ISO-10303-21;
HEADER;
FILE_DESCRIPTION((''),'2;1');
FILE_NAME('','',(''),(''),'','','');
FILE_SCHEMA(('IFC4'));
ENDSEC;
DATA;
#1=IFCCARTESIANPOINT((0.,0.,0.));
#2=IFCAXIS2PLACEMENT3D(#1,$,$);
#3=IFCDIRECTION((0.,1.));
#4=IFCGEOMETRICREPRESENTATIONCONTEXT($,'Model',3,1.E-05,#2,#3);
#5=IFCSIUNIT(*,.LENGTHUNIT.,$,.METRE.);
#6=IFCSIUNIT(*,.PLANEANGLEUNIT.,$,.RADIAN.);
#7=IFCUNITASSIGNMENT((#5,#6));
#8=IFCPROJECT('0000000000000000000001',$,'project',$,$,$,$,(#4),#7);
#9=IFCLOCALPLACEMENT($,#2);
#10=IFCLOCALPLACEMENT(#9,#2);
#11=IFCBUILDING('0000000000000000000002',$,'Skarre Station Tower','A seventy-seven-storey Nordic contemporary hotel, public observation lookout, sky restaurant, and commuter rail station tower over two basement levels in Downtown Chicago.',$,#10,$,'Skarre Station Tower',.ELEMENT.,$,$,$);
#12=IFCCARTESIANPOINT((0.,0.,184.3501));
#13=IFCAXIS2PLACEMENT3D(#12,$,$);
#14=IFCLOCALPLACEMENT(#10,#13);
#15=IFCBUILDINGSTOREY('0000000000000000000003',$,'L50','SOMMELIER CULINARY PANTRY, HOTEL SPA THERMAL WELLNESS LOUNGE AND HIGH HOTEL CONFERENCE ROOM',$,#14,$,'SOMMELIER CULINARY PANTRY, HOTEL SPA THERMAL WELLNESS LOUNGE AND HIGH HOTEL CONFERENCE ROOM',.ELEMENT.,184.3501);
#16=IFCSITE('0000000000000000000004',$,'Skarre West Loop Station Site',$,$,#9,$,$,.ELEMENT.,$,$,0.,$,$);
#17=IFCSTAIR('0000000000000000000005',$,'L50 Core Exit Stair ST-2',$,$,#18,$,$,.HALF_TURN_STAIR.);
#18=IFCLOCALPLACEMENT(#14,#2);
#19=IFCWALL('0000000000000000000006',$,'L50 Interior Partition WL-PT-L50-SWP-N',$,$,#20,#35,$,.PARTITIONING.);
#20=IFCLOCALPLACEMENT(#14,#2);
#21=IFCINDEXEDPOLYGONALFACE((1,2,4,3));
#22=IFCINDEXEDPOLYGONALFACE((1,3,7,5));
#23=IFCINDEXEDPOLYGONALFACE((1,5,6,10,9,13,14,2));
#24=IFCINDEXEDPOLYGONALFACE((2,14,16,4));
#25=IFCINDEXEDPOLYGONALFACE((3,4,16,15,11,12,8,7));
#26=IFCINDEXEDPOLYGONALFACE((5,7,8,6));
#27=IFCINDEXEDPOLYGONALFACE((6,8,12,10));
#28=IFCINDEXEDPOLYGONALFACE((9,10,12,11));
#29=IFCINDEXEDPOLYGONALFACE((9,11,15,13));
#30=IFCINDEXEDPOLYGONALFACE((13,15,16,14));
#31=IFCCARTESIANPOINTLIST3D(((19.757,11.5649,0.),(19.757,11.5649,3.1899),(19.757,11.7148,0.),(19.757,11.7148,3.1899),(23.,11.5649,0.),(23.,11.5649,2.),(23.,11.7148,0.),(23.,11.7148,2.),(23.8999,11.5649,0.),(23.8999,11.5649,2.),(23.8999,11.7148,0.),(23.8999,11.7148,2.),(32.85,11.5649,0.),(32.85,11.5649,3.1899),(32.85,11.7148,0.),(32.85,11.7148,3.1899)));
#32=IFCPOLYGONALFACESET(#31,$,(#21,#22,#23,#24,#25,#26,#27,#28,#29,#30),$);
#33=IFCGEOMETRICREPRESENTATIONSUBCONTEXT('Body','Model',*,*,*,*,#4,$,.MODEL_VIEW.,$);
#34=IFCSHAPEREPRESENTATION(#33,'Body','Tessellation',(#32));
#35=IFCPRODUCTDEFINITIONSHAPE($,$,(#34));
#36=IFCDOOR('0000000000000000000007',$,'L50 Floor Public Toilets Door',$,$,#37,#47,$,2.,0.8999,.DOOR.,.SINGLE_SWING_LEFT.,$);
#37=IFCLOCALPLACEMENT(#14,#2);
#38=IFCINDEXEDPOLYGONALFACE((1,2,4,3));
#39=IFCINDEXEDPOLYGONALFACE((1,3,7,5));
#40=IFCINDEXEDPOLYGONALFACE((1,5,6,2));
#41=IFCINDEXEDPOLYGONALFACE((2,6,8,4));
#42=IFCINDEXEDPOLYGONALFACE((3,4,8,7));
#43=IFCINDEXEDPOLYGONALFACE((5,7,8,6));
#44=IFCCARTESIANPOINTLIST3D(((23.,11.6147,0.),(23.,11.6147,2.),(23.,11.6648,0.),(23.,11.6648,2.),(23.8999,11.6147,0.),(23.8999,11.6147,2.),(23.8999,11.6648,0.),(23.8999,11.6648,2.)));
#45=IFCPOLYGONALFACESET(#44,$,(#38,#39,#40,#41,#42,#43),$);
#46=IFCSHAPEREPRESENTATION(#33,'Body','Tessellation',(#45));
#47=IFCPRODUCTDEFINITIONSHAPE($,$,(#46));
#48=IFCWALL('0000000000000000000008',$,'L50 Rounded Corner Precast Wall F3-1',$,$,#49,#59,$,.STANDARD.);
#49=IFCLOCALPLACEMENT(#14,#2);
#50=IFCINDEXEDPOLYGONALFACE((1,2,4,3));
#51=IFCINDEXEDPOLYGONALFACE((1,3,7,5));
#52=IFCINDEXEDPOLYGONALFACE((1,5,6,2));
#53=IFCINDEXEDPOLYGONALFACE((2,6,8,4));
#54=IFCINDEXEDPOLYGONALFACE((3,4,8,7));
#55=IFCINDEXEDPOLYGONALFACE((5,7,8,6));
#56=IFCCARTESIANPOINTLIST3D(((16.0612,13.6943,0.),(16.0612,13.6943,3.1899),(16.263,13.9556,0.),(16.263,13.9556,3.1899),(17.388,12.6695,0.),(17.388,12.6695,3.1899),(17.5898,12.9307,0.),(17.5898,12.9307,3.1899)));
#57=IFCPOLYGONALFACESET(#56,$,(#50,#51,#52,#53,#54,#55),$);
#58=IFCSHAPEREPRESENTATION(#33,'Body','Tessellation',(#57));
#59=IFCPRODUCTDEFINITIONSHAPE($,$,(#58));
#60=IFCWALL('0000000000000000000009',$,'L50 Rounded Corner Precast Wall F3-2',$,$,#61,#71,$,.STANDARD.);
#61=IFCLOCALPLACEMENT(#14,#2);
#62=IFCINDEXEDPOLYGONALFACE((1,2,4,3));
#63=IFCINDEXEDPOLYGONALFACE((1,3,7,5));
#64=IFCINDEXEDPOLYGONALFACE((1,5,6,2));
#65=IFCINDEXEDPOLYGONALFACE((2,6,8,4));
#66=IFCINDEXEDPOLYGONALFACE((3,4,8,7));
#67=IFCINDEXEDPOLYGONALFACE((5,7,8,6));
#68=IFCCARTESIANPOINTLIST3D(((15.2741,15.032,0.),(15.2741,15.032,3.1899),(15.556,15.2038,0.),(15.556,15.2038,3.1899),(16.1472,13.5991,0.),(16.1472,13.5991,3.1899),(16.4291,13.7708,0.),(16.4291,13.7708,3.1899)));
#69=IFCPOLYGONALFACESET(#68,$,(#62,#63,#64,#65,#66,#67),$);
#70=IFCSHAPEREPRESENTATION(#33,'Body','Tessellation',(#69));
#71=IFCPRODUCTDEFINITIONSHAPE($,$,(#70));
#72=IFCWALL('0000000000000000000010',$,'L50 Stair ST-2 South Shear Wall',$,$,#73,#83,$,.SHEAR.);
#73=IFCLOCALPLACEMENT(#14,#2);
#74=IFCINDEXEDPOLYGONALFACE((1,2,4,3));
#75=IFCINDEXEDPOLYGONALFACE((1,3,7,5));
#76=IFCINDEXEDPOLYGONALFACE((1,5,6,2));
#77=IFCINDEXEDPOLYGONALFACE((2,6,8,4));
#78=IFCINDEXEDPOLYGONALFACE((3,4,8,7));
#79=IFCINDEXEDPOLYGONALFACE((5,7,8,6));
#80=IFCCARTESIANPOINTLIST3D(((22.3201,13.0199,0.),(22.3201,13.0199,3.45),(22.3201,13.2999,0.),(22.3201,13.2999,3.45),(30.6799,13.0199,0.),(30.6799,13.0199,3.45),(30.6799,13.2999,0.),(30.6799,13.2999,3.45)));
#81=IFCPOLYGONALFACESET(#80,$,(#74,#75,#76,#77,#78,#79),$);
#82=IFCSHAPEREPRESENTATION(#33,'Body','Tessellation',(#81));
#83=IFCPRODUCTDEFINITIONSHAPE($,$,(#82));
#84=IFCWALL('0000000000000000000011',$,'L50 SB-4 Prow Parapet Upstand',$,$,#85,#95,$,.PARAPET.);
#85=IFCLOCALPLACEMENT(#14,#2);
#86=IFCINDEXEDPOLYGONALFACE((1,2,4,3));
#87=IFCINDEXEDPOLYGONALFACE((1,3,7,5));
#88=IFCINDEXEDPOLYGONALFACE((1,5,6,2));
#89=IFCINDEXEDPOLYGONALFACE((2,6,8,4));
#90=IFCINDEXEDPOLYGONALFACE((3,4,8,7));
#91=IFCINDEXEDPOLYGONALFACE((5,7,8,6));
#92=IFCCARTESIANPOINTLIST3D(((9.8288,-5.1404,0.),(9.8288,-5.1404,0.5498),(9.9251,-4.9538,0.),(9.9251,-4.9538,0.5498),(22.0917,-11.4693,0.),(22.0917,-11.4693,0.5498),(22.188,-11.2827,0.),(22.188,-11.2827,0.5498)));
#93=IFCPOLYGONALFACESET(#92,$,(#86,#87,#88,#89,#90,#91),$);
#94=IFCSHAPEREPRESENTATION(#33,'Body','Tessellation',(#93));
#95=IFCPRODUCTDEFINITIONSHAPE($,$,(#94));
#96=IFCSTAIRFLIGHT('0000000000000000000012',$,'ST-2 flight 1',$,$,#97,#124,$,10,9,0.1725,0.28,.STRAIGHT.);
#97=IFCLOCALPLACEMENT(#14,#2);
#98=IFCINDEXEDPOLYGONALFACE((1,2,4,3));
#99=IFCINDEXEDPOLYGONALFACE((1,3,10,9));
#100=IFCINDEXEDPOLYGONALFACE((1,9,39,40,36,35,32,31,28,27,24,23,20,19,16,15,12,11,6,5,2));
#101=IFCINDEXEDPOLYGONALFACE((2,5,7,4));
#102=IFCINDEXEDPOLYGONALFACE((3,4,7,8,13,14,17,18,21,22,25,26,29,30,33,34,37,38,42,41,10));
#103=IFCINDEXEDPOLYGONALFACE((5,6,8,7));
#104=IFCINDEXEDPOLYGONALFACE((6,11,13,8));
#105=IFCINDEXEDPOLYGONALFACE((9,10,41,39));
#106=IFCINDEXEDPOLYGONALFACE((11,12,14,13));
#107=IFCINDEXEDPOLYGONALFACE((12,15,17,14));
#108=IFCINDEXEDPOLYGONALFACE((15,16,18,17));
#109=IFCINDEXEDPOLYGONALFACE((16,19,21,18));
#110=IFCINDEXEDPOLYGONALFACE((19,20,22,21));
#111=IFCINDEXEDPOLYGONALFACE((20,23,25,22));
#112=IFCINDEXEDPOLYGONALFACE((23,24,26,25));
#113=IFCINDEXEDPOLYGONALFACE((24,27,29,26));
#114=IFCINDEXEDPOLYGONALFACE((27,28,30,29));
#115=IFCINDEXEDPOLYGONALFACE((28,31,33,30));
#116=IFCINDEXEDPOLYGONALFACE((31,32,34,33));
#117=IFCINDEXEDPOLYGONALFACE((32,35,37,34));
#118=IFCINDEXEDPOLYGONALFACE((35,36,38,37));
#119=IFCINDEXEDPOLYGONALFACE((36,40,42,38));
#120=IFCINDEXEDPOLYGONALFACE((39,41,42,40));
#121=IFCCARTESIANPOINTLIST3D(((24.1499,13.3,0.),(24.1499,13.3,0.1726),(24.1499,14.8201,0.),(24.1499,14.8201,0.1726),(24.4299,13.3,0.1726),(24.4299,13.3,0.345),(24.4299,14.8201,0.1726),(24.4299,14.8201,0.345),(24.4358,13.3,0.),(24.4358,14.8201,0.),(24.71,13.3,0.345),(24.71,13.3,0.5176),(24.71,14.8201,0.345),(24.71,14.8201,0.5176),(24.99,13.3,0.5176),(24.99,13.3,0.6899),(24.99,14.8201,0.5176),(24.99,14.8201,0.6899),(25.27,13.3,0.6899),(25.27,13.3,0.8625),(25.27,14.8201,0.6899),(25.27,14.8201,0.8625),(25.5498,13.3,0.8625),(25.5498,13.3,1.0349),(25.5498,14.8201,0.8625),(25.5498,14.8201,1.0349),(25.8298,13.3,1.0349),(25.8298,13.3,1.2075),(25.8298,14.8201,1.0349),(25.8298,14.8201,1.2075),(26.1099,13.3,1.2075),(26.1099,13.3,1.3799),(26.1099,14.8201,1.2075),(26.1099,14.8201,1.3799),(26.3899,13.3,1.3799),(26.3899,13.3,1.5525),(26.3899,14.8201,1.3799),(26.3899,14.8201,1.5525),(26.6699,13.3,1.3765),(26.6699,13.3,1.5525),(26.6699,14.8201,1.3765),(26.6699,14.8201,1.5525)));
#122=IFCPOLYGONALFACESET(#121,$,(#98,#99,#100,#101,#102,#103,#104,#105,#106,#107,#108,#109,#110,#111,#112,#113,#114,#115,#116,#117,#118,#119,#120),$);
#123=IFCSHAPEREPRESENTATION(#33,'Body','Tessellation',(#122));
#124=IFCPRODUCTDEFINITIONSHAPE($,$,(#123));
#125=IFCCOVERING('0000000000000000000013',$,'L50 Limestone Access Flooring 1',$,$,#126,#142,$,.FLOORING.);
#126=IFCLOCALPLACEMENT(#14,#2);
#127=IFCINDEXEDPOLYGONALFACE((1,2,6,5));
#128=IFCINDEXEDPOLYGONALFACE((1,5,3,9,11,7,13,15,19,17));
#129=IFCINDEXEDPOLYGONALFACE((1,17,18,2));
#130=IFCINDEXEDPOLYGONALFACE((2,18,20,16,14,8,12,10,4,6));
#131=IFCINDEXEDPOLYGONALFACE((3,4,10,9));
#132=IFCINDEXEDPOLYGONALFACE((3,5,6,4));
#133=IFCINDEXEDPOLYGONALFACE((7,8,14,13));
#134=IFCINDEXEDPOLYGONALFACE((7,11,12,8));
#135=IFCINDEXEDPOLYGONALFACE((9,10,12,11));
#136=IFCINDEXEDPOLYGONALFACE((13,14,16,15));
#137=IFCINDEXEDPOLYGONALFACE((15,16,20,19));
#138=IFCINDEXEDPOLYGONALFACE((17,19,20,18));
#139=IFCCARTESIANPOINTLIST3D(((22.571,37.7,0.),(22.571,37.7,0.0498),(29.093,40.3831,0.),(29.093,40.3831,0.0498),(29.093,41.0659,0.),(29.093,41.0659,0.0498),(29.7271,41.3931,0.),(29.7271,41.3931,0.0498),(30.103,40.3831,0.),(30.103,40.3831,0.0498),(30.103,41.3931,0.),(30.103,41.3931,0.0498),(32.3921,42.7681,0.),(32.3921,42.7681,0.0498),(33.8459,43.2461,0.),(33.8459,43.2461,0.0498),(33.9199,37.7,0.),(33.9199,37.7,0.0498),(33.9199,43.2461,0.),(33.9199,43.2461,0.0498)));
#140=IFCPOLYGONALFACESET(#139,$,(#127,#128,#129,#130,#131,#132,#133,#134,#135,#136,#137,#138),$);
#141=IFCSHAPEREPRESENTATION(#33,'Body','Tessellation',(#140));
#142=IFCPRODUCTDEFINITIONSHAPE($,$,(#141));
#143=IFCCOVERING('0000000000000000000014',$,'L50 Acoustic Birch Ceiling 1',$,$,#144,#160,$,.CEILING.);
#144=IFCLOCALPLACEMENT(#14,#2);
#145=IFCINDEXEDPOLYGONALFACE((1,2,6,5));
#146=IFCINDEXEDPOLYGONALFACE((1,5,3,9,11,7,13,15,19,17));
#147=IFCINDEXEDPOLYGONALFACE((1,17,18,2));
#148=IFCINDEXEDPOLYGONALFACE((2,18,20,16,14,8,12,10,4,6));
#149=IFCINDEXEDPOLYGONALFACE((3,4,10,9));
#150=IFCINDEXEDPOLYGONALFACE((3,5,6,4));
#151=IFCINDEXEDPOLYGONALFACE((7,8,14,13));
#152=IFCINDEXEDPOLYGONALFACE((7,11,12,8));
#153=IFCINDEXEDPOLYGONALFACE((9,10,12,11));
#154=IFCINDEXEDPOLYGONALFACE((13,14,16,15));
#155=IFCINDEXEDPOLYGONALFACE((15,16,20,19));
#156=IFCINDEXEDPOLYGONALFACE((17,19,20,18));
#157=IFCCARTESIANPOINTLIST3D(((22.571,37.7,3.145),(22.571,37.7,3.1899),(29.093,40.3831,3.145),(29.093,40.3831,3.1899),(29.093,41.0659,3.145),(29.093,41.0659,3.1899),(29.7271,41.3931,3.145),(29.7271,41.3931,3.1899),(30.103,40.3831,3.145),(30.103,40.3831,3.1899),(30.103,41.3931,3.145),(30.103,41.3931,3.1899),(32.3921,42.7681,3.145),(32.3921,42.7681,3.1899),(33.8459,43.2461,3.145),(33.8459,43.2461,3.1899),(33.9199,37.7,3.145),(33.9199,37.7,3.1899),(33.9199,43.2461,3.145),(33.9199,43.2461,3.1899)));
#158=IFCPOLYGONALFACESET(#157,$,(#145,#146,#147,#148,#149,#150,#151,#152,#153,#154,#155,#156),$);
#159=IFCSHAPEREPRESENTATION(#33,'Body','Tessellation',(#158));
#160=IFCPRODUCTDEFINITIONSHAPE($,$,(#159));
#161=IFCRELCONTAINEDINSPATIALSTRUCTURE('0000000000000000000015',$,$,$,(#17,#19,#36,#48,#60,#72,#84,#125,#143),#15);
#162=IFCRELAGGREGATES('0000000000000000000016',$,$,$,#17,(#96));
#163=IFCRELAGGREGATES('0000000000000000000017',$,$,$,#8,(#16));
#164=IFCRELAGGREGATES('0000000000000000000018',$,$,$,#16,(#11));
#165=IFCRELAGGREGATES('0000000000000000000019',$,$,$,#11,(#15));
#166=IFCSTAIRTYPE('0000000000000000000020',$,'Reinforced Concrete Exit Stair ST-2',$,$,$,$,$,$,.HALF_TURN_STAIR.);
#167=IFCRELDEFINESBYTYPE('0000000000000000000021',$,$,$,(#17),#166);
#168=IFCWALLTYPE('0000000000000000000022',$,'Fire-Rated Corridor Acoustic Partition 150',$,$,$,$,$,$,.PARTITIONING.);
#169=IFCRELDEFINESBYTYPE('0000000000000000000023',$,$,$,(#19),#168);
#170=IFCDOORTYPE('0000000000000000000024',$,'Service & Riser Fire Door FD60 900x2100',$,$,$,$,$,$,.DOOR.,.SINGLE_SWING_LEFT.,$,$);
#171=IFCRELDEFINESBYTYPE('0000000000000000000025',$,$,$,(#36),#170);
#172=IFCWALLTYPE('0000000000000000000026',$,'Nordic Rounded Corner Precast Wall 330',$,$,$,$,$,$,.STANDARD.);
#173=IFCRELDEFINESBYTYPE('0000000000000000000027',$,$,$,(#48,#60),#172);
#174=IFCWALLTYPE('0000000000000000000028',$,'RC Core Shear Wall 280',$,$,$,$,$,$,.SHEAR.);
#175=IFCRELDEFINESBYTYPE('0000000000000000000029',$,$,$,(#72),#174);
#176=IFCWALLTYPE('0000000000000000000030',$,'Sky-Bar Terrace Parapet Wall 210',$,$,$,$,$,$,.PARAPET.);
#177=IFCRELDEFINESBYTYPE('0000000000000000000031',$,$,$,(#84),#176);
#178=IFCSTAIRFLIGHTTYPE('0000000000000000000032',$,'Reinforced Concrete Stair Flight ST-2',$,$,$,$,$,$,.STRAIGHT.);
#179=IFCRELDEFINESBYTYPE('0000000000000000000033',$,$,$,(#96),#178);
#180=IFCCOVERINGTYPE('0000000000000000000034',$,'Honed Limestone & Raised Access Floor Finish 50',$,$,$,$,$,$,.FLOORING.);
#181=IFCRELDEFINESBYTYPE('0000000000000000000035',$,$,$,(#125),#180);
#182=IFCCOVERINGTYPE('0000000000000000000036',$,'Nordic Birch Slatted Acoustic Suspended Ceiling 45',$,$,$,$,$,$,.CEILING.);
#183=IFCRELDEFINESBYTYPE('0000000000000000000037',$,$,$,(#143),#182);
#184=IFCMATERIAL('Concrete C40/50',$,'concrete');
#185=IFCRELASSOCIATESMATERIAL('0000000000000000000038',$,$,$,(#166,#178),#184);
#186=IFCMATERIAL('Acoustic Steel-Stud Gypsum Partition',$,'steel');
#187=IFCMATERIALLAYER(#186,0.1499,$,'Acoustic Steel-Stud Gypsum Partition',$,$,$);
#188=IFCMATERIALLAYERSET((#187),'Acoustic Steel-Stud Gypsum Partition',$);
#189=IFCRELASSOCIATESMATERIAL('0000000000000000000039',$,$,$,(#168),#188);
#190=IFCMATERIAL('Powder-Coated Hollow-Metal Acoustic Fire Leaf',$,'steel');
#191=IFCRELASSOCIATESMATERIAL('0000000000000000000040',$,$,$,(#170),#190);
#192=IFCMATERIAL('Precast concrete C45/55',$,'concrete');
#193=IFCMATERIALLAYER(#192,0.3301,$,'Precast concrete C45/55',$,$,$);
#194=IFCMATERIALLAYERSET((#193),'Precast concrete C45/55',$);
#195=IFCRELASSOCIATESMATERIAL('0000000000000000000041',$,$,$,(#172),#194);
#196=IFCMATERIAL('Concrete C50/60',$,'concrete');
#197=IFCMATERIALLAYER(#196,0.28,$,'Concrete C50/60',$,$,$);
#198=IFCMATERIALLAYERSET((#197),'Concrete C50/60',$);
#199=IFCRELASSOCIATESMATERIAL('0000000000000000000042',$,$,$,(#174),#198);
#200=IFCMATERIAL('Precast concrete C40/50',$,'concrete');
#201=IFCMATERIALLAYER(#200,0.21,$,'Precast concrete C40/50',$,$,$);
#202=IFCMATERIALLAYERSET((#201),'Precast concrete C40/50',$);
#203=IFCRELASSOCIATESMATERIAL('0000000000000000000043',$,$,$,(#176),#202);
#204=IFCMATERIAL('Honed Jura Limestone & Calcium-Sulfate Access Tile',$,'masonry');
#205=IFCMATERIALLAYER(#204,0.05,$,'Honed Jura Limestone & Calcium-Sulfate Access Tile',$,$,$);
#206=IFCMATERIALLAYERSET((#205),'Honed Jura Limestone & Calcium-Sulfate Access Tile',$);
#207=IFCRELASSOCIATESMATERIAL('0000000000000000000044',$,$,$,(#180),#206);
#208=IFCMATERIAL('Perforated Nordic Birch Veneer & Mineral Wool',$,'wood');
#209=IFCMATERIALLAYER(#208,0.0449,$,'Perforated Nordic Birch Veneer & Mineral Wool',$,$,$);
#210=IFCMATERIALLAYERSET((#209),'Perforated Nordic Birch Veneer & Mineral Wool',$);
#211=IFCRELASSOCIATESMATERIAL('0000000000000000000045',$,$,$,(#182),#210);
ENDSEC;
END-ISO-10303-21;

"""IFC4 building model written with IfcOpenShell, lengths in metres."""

from ifc_helpers import new_model, si_unit, direction, frame, frame_2d, origin, place, context, subcontext, project, spatial, polyline, rectangle, outline, extrude, material, layer, layer_set, type_object, element, fill, aggregate, save


model = new_model("IFC4")

# Units and contexts
model_context = context("Model", 3, precision=1e-05, world=origin(), true_north=direction((0.0, 1.0)))
body_context = subcontext(model_context, "Body", "Model", "MODEL_VIEW")
ifc_project = project(units=[si_unit("LENGTHUNIT", "METRE"), si_unit("PLANEANGLEUNIT", "RADIAN")], contexts=[model_context])

# Site, building, storey
site_placement = place(None, origin())
site = spatial("IfcSite", under=ifc_project, at=site_placement, Name="Skarre West Loop Station Site", CompositionType="ELEMENT", RefElevation=0.0)
building_placement = place(site_placement, origin())
building = spatial("IfcBuilding", under=site, at=building_placement, Name="Skarre Station Tower", Description="A seventy-seven-storey Nordic contemporary hotel, public observation lookout, sky restaurant, and commuter rail station tower over two basement levels in Downtown Chicago.", LongName="Skarre Station Tower", CompositionType="ELEMENT")
storey_placement = place(building_placement, frame((0.0, 0.0, 184.3501)))
storey = spatial("IfcBuildingStorey", under=building, at=storey_placement, Name="L50", Description="SOMMELIER CULINARY PANTRY, HOTEL SPA THERMAL WELLNESS LOUNGE AND HIGH HOTEL CONFERENCE ROOM", LongName="SOMMELIER CULINARY PANTRY, HOTEL SPA THERMAL WELLNESS LOUNGE AND HIGH HOTEL CONFERENCE ROOM", CompositionType="ELEMENT", Elevation=184.3501)

# Shared definitions
ifc_material_1 = material(Name="Concrete C50/60", Category="concrete")

# Shared definitions
ifc_material_2 = material(Name="Precast concrete C40/50", Category="concrete")

# Stair
ifc_material_3 = material(Name="Concrete C40/50", Category="concrete")
stair_type_1 = type_object("IfcStairType", Name="Reinforced Concrete Exit Stair ST-2", PredefinedType="HALF_TURN_STAIR", material=ifc_material_3)
stair_1_placement = place(storey_placement, origin())
stair_1 = element("IfcStair", 1, at=stair_1_placement, inside=storey, type_object=stair_type_1, Name="L50 Core Exit Stair ST-2", PredefinedType="HALF_TURN_STAIR")

# Shared definitions
ifc_material_4 = material(Name="Acoustic Steel-Stud Gypsum Partition", Category="steel")
ifc_layer_1 = layer(ifc_material_4, 0.1499, Name="Acoustic Steel-Stud Gypsum Partition")
ifc_layer_set_1 = layer_set([ifc_layer_1], Name="Acoustic Steel-Stud Gypsum Partition")
wall_type_1 = type_object("IfcWallType", Name="Fire-Rated Corridor Acoustic Partition 150", PredefinedType="PARTITIONING", material=ifc_layer_set_1)

# Wall, opening, door
ifc_material_5 = material(Name="Powder-Coated Hollow-Metal Acoustic Fire Leaf", Category="steel")
wall_1_placement = place(storey_placement, frame((19.7571, 11.6399, 0.0), z_axis=(0.0, 0.0, 1.0), x_axis=(1.0, 0.0, 0.0)))
wall_1 = element("IfcWall", 2, at=wall_1_placement, inside=storey, type_object=wall_type_1, Name="L50 Interior Partition WL-PT-L50-SWP-N", PredefinedType="PARTITIONING", context=body_context, shape_type="SweptSolid", body=[
    extrude(rectangle(XDim=13.093, YDim=0.1499, at=frame_2d((6.5464, 0.0))), origin(), (0.0, 0.0, 1.0), 3.1899),
])
opening_1_placement = place(wall_1_placement, frame((3.2429, 0.0, 0.0)))
opening_1 = element("IfcOpeningElement", 3, at=opening_1_placement, cuts=wall_1, PredefinedType="OPENING", context=body_context, shape_type="SweptSolid", body=[
    extrude(rectangle(XDim=0.8999, YDim=2.0, at=frame_2d((0.45, 1.0))), frame((0.0, 0.085, 0.0), z_axis=(0.0, -1.0, 0.0), x_axis=(1.0, 0.0, 0.0)), (0.0, 0.0, 1.0), 0.1699),
])
door_type_1 = type_object("IfcDoorType", Name="Service & Riser Fire Door FD60 900x2100", OperationType="SINGLE_SWING_LEFT", PredefinedType="DOOR", material=ifc_material_5)
door_1_placement = place(opening_1_placement, origin())
door_1 = element("IfcDoor", 4, at=door_1_placement, inside=storey, type_object=door_type_1, Name="L50 Floor Public Toilets Door", OperationType="SINGLE_SWING_LEFT", OverallHeight=2.0, OverallWidth=0.8999, PredefinedType="DOOR", context=body_context, shape_type="SweptSolid", body=[
    extrude(rectangle(XDim=0.8999, YDim=2.0, at=frame_2d((0.45, 1.0))), frame((0.0, 0.0249, 0.0), z_axis=(0.0, -1.0, 0.0), x_axis=(1.0, 0.0, 0.0)), (0.0, 0.0, 1.0), 0.05),
])
fill(opening_1, door_1)

# Walls
ifc_material_6 = material(Name="Precast concrete C45/55", Category="concrete")
ifc_layer_2 = layer(ifc_material_6, 0.3301, Name="Precast concrete C45/55")
ifc_layer_set_2 = layer_set([ifc_layer_2], Name="Precast concrete C45/55")
wall_type_2 = type_object("IfcWallType", Name="Nordic Rounded Corner Precast Wall 330", PredefinedType="STANDARD", material=ifc_layer_set_2)
wall_2_placement = place(storey_placement, frame((17.489, 12.8, 0.0), z_axis=(0.0, 0.0, 1.0), x_axis=(-0.79141, 0.611286, 0.0)))
element("IfcWall", 5, at=wall_2_placement, inside=storey, type_object=wall_type_2, Name="L50 Rounded Corner Precast Wall F3-1", PredefinedType="STANDARD", context=body_context, shape_type="SweptSolid", body=[
    extrude(rectangle(XDim=1.6765, YDim=0.3301, at=frame_2d((0.8384, 0.0))), origin(), (0.0, 0.0, 1.0), 3.1899),
])
wall_3_placement = place(storey_placement, frame((16.2881, 13.6851, 0.0), z_axis=(0.0, 0.0, 1.0), x_axis=(-0.520325, 0.853968, 0.0)))
element("IfcWall", 6, at=wall_3_placement, inside=storey, type_object=wall_type_2, Name="L50 Rounded Corner Precast Wall F3-2", PredefinedType="STANDARD", context=body_context, shape_type="SweptSolid", body=[
    extrude(rectangle(XDim=1.678, YDim=0.3301, at=frame_2d((0.8389, 0.0))), origin(), (0.0, 0.0, 1.0), 3.1899),
])
ifc_layer_3 = layer(ifc_material_1, 0.28, Name="Concrete C50/60")
ifc_layer_set_3 = layer_set([ifc_layer_3], Name="Concrete C50/60")
wall_type_3 = type_object("IfcWallType", Name="RC Core Shear Wall 280", PredefinedType="SHEAR", material=ifc_layer_set_3)
wall_4_placement = place(storey_placement, frame((22.3201, 13.1599, 0.0), z_axis=(0.0, 0.0, 1.0), x_axis=(1.0, 0.0, 0.0)))
element("IfcWall", 7, at=wall_4_placement, inside=storey, type_object=wall_type_3, Name="L50 Stair ST-2 South Shear Wall", PredefinedType="SHEAR", context=body_context, shape_type="SweptSolid", body=[
    extrude(rectangle(XDim=8.3599, YDim=0.28, at=frame_2d((4.1799, 0.0))), origin(), (0.0, 0.0, 1.0), 3.45),
])
ifc_layer_4 = layer(ifc_material_2, 0.21, Name="Precast concrete C40/50")
ifc_layer_set_4 = layer_set([ifc_layer_4], Name="Precast concrete C40/50")
wall_type_4 = type_object("IfcWallType", Name="Sky-Bar Terrace Parapet Wall 210", PredefinedType="PARAPET", material=ifc_layer_set_4)
wall_5_placement = place(storey_placement, frame((22.1399, -11.376, 0.0), z_axis=(0.0, 0.0, 1.0), x_axis=(-0.888633, 0.45862, 0.0)))
element("IfcWall", 8, at=wall_5_placement, inside=storey, type_object=wall_type_4, Name="L50 SB-4 Prow Parapet Upstand", PredefinedType="PARAPET", context=body_context, shape_type="SweptSolid", body=[
    extrude(rectangle(XDim=13.7998, YDim=0.21, at=frame_2d((6.8999, 0.0))), origin(), (0.0, 0.0, 1.0), 0.5498),
])

# Stair flight
stair_flight_type = type_object("IfcStairFlightType", Name="Reinforced Concrete Stair Flight ST-2", PredefinedType="STRAIGHT", material=ifc_material_3)
stair_flight_placement = place(storey_placement, frame((24.1499, 14.0601, 0.0), z_axis=(0.0, 0.0, 1.0), x_axis=(1.0, 0.0, 0.0)))
stair_flight = element("IfcStairFlight", 9, at=stair_flight_placement, type_object=stair_flight_type, Name="ST-2 flight 1", NumberOfRisers=10, NumberOfTreads=9, PredefinedType="STRAIGHT", RiserHeight=0.1725, TreadLength=0.28, context=body_context, shape_type="SweptSolid", body=[
    extrude(outline(polyline([(0.0, 0.0), (0.0, 0.1726), (0.28, 0.1726), (0.28, 0.345), (0.5601, 0.345), (0.5601, 0.5176), (0.8401, 0.5176), (0.8401, 0.6899), (1.1201, 0.6899), (1.1201, 0.8625), (1.3999, 0.8625), (1.3999, 1.0349), (1.6799, 1.0349), (1.6799, 1.2075), (1.96, 1.2075), (1.96, 1.3799), (2.24, 1.3799), (2.24, 1.5525), (2.52, 1.5525), (2.52, 1.7251), (2.52, 1.3765), (0.2859, 0.0), (0.0, 0.0)])), frame((0.0, 0.76, 0.0), z_axis=(0.0, -1.0, 0.0), x_axis=(1.0, 0.0, 0.0)), (0.0, 0.0, 1.0), 1.52),
])
aggregate(stair_1, [stair_flight])

# Covering
ifc_material_7 = material(Name="Honed Jura Limestone & Calcium-Sulfate Access Tile", Category="masonry")
ifc_layer_5 = layer(ifc_material_7, 0.05, Name="Honed Jura Limestone & Calcium-Sulfate Access Tile")
ifc_layer_set_5 = layer_set([ifc_layer_5], Name="Honed Jura Limestone & Calcium-Sulfate Access Tile")
covering_type_1 = type_object("IfcCoveringType", Name="Honed Limestone & Raised Access Floor Finish 50", PredefinedType="FLOORING", material=ifc_layer_set_5)
covering_1_placement = place(storey_placement, origin())
element("IfcCovering", 10, at=covering_1_placement, inside=storey, type_object=covering_type_1, Name="L50 Limestone Access Flooring 1", PredefinedType="FLOORING", context=body_context, shape_type="SweptSolid", body=[
    extrude(outline(polyline([(33.9199, 43.2461), (33.8459, 43.2461), (32.3921, 42.7681), (29.7271, 41.3931), (30.103, 41.3931), (30.103, 40.3831), (29.093, 40.3831), (29.093, 41.0659), (22.571, 37.7), (33.9199, 37.7), (33.9199, 43.2461)])), origin(), (0.0, 0.0, 1.0), 0.0498),
])

# Covering
ifc_material_8 = material(Name="Perforated Nordic Birch Veneer & Mineral Wool", Category="wood")
ifc_layer_6 = layer(ifc_material_8, 0.0449, Name="Perforated Nordic Birch Veneer & Mineral Wool")
ifc_layer_set_6 = layer_set([ifc_layer_6], Name="Perforated Nordic Birch Veneer & Mineral Wool")
covering_type_2 = type_object("IfcCoveringType", Name="Nordic Birch Slatted Acoustic Suspended Ceiling 45", PredefinedType="CEILING", material=ifc_layer_set_6)
covering_2_placement = place(storey_placement, frame((0.0, 0.0, 3.145)))
element("IfcCovering", 11, at=covering_2_placement, inside=storey, type_object=covering_type_2, Name="L50 Acoustic Birch Ceiling 1", PredefinedType="CEILING", context=body_context, shape_type="SweptSolid", body=[
    extrude(outline(polyline([(33.9199, 43.2461), (33.8459, 43.2461), (32.3921, 42.7681), (29.7271, 41.3931), (30.103, 41.3931), (30.103, 40.3831), (29.093, 40.3831), (29.093, 41.0659), (22.571, 37.7), (33.9199, 37.7), (33.9199, 43.2461)])), origin(), (0.0, 0.0, 1.0), 0.0449),
])

save(model, "model.ifc")
